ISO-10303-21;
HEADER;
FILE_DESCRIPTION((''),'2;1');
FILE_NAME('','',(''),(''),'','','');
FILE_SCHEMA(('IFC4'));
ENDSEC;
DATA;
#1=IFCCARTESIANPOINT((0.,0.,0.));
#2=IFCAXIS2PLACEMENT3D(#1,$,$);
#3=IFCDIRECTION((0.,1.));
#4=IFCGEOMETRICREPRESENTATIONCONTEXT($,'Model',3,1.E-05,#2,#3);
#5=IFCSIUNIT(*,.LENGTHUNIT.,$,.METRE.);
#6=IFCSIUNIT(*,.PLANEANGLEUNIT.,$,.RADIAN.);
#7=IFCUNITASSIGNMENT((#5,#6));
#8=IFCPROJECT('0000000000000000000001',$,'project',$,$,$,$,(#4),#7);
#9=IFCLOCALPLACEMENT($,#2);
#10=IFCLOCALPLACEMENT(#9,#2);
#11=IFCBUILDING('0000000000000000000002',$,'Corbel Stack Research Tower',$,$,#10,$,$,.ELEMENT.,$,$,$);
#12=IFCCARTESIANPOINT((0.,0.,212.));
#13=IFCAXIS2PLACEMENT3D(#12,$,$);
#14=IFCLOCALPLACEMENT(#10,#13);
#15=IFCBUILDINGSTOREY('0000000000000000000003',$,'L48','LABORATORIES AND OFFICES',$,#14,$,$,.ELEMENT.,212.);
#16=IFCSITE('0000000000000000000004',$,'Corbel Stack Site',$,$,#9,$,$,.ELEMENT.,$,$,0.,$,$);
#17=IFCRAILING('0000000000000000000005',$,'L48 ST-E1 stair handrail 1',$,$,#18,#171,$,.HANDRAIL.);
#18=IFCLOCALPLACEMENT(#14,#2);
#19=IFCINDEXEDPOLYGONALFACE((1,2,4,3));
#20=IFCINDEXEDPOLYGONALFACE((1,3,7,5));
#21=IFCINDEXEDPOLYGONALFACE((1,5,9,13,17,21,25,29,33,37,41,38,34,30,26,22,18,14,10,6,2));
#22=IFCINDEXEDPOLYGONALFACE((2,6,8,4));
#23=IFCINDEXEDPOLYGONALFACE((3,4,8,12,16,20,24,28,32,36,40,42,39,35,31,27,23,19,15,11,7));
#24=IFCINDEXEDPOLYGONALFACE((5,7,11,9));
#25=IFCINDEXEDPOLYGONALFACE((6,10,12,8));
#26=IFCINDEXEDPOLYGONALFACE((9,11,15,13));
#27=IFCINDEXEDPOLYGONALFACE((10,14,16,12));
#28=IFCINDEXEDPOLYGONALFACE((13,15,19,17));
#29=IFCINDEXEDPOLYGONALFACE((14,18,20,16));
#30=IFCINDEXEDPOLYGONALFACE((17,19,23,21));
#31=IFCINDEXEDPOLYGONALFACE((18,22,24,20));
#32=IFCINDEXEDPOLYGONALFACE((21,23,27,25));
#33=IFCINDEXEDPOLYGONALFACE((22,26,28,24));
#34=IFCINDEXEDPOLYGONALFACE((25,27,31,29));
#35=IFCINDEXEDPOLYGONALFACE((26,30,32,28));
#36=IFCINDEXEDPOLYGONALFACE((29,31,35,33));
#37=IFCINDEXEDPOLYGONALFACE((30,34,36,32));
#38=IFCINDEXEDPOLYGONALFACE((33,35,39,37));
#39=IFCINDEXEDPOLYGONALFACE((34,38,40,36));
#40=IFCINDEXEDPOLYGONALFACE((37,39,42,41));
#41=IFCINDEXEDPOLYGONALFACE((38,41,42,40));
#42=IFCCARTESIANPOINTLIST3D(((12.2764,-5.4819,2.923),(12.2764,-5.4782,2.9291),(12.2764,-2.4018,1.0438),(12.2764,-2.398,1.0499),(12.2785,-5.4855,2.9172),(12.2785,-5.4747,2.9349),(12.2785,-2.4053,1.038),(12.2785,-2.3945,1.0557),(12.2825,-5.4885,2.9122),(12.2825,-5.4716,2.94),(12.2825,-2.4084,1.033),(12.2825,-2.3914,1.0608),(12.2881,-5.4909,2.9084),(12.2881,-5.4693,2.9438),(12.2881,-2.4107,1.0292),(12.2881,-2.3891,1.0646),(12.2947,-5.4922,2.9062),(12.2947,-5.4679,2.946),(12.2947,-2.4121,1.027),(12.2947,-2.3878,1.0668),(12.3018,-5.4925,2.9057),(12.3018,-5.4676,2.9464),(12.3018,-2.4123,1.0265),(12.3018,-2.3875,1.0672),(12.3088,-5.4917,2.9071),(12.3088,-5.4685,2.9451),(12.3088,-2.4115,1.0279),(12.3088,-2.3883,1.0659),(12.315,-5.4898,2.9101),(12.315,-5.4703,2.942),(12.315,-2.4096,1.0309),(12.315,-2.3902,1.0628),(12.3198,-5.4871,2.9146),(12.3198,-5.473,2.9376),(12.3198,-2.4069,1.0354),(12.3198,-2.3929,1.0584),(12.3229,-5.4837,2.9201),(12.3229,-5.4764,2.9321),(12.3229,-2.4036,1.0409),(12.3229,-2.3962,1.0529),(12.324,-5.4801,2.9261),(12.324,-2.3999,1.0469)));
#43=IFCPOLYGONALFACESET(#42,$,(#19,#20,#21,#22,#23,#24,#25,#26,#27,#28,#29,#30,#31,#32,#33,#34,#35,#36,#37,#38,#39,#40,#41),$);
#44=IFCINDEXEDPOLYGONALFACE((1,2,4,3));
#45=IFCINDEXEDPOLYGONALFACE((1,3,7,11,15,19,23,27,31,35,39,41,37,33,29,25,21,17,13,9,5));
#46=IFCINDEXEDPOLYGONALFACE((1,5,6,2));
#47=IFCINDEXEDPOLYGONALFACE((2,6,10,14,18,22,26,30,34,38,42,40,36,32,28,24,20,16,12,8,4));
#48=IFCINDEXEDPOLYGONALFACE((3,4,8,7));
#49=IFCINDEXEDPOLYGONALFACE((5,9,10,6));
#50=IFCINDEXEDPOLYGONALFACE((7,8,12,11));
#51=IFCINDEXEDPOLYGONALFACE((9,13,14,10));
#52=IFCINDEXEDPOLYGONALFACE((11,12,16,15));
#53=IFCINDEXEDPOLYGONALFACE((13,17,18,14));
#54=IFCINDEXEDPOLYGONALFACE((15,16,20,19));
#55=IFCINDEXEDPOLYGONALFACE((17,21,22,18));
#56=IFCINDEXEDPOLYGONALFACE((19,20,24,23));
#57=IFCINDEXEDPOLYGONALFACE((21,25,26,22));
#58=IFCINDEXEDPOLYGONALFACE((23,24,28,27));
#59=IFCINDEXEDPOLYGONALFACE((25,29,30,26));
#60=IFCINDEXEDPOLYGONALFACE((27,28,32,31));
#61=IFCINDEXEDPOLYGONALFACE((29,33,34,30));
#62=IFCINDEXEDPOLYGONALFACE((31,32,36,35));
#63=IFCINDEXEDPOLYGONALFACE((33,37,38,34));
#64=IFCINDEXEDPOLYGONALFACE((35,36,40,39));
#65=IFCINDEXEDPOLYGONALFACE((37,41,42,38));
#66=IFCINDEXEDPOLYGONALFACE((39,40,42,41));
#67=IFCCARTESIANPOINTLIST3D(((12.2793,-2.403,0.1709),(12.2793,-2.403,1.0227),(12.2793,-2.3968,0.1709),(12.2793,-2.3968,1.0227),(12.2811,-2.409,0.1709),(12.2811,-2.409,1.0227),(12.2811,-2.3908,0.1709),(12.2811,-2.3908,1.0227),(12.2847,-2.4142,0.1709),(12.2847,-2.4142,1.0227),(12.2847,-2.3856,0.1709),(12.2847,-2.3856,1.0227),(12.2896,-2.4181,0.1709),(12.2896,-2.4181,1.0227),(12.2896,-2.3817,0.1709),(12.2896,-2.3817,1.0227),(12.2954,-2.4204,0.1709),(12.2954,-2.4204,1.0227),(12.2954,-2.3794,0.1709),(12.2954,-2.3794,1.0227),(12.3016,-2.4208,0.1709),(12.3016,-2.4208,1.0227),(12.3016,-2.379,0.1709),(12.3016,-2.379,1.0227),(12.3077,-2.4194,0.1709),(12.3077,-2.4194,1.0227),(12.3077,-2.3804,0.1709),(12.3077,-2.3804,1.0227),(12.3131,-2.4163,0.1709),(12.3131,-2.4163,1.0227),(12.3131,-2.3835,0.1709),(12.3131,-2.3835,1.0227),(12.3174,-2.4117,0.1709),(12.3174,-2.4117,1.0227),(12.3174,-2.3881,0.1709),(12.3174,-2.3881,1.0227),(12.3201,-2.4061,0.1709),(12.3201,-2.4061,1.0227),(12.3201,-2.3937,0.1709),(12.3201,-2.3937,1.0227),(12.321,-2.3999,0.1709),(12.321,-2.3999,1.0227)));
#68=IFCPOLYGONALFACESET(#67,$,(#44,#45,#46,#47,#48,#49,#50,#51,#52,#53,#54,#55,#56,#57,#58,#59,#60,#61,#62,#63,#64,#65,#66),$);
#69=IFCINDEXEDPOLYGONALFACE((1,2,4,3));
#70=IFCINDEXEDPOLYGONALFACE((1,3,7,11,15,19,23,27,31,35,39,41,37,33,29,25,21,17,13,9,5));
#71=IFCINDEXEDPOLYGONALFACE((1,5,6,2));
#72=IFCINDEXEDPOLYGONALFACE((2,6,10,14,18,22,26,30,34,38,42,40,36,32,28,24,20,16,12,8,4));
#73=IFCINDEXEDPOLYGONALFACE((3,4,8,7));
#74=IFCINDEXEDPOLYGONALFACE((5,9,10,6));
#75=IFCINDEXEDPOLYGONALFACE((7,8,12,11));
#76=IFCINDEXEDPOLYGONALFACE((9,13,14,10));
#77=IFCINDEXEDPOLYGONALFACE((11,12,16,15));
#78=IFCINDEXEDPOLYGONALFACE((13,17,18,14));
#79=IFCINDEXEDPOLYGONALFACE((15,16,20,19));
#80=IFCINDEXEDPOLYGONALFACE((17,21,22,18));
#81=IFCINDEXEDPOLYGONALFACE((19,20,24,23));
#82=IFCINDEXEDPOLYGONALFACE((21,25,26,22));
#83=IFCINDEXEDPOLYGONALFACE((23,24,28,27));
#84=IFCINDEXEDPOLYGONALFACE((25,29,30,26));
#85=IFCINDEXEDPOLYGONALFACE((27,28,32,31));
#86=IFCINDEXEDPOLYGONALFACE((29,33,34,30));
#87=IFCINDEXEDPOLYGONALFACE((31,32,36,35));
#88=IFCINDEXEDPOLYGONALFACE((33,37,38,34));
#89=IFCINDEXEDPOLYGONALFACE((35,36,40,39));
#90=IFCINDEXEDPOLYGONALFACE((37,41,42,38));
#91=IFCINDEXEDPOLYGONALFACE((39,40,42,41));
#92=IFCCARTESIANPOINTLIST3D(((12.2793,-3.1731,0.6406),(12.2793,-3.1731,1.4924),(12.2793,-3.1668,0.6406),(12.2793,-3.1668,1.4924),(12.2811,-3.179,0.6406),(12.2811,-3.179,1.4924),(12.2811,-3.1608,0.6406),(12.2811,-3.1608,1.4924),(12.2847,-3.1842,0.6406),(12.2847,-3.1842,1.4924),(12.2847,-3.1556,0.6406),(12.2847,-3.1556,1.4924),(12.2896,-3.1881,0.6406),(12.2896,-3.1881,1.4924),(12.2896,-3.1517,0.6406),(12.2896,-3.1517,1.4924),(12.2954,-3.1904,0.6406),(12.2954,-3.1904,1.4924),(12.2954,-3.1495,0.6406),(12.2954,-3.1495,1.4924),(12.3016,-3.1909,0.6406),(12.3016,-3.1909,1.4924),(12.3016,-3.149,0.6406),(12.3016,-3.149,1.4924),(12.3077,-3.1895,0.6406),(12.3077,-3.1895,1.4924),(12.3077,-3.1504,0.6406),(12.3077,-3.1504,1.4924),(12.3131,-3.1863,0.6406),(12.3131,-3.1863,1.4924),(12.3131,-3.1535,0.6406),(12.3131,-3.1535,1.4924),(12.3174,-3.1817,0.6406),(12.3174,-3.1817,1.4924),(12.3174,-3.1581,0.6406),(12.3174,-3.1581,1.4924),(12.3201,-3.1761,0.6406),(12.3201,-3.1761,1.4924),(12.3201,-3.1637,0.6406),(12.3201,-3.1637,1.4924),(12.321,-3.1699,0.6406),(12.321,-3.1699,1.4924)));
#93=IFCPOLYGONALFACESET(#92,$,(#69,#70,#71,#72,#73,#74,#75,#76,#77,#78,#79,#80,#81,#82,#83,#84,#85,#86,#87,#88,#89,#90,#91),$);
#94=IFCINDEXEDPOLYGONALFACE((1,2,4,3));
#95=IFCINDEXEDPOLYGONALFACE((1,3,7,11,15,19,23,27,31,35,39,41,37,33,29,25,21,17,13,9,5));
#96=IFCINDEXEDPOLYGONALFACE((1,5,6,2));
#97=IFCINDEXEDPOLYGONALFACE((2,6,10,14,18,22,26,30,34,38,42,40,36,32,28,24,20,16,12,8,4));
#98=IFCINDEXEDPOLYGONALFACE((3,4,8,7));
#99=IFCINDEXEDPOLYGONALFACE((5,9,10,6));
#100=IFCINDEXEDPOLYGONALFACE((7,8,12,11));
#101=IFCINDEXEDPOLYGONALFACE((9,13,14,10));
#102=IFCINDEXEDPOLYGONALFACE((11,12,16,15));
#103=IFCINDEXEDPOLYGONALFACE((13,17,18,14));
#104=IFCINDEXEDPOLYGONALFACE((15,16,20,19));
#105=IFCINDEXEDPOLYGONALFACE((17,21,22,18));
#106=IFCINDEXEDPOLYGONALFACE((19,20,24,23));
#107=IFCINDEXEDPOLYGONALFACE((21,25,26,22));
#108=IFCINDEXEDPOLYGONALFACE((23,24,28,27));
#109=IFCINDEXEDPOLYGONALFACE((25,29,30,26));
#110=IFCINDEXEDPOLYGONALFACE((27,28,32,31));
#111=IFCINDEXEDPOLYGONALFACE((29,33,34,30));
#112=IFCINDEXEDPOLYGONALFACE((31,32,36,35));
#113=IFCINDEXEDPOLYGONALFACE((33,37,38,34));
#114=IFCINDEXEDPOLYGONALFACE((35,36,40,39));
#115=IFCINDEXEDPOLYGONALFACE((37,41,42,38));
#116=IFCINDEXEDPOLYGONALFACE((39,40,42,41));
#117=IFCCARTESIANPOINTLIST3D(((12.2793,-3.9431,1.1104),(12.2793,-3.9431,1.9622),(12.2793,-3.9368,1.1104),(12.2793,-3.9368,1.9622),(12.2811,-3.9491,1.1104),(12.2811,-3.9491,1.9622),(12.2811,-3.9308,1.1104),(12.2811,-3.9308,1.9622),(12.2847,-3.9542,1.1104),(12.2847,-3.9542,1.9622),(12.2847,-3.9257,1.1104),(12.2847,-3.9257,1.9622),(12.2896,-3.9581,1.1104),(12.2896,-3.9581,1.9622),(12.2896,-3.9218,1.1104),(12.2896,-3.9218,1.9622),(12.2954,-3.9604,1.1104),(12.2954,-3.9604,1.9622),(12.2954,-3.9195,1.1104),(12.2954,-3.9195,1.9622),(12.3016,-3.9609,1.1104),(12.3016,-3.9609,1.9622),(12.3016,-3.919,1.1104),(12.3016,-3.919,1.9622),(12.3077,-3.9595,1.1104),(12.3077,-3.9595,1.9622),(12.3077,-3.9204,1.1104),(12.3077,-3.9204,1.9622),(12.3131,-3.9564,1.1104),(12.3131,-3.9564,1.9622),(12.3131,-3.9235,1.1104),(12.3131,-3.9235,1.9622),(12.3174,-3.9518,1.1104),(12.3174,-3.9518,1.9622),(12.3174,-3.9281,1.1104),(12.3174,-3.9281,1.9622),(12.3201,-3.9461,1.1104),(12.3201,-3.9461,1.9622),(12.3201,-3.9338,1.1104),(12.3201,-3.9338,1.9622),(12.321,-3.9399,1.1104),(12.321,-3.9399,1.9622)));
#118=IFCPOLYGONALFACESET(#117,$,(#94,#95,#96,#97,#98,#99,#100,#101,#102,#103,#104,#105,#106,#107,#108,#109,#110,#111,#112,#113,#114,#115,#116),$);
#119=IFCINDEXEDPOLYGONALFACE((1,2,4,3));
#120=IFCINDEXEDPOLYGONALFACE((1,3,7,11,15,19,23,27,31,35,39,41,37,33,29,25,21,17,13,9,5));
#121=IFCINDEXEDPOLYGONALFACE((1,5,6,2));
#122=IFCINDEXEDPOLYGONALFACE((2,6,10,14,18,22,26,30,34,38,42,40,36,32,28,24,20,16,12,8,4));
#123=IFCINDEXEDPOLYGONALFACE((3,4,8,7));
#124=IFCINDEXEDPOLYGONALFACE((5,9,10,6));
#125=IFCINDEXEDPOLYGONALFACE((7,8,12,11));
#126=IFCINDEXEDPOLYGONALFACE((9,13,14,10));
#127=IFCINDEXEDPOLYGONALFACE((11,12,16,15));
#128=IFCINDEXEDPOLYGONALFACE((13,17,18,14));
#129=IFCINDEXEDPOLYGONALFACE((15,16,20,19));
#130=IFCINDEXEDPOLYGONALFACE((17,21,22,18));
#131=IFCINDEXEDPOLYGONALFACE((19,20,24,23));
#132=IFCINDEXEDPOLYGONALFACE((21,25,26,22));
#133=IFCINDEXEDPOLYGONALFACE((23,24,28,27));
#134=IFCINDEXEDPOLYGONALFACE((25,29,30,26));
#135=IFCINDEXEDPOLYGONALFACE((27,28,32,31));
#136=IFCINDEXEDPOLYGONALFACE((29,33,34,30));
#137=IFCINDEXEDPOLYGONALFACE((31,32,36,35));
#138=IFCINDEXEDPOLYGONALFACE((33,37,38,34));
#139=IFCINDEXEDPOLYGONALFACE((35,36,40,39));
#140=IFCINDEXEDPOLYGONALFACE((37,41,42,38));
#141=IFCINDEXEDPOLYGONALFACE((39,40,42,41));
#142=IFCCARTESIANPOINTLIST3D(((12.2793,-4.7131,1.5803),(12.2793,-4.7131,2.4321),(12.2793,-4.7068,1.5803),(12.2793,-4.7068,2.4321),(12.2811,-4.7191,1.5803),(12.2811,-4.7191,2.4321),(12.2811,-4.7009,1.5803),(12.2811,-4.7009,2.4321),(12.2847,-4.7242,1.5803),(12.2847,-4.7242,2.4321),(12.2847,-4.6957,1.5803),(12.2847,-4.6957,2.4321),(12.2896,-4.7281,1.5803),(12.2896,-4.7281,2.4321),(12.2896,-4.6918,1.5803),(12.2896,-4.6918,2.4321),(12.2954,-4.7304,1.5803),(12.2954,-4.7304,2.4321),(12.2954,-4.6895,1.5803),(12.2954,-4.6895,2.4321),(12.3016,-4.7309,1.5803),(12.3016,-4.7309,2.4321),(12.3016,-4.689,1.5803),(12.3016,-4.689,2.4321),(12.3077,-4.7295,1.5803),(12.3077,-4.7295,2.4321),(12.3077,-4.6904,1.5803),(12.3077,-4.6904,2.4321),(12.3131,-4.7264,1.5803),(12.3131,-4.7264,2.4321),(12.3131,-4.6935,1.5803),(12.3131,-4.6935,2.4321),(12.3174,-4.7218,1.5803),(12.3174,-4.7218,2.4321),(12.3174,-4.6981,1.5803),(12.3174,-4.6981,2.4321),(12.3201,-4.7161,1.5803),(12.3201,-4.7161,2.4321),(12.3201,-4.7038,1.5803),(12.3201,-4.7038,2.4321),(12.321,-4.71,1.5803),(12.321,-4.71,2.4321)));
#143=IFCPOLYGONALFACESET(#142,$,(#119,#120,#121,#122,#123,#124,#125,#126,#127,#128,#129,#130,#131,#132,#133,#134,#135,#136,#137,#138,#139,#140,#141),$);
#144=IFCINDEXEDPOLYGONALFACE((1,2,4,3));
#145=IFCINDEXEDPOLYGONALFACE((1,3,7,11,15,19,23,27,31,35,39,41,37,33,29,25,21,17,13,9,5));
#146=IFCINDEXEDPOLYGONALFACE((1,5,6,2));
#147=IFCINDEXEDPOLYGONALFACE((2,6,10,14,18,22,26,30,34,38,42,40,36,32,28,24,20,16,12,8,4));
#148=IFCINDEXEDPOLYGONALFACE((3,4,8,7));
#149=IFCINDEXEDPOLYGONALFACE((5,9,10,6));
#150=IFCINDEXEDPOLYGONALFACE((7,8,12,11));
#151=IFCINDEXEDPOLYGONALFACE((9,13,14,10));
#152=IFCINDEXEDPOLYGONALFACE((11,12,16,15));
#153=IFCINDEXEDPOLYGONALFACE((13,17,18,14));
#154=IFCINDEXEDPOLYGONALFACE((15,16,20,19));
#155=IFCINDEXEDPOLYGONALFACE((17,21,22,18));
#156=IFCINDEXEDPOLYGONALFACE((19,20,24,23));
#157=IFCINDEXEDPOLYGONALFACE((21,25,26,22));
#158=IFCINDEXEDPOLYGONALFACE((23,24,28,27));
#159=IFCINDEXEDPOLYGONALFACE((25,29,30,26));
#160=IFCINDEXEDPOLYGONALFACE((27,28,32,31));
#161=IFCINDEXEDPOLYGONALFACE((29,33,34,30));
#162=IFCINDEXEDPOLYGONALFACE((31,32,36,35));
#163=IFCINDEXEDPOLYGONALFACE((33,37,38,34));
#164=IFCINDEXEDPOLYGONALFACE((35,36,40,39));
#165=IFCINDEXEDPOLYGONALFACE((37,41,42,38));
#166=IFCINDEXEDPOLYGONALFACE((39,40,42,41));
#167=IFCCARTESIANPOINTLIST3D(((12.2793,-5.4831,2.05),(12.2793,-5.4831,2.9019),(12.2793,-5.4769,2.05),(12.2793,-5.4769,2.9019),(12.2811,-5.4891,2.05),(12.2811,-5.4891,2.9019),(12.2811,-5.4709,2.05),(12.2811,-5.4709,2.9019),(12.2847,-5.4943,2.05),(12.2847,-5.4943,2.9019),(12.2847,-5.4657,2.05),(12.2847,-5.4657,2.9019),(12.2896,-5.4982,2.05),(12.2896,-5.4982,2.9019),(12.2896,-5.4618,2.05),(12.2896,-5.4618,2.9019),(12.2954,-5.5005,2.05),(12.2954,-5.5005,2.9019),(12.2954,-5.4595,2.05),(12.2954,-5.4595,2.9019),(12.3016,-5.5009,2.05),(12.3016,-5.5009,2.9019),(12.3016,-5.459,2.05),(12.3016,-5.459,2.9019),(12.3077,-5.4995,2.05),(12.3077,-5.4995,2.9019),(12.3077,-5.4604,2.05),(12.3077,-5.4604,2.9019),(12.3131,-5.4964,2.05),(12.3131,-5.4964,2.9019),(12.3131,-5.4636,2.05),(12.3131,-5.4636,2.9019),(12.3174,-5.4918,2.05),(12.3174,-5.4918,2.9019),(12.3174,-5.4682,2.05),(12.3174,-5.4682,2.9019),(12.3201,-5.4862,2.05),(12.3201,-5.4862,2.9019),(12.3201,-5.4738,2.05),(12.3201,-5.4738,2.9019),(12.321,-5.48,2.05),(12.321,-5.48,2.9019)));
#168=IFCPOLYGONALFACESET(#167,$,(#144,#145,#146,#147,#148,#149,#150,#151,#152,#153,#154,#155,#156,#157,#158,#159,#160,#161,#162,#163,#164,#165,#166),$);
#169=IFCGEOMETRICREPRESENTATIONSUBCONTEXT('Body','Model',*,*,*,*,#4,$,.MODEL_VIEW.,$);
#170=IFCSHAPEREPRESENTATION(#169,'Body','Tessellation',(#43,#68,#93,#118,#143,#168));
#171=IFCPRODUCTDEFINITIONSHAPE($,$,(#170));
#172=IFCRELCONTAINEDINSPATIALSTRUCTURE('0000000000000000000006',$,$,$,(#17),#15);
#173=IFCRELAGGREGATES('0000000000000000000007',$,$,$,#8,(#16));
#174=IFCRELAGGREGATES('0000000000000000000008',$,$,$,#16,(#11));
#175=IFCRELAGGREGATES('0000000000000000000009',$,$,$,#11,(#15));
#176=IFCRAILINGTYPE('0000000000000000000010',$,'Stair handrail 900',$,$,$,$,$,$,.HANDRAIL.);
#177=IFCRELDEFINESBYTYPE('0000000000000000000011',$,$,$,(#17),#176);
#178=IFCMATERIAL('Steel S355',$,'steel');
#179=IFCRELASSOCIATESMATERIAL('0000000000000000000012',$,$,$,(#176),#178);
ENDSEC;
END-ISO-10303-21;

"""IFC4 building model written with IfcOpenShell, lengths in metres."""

from ifc_helpers import new_model, si_unit, direction, frame, origin, origin_2d, place, context, subcontext, project, spatial, circle, extrude, material, type_object, element, save


model = new_model("IFC4")

# Units and contexts
model_context = context("Model", 3, precision=1e-05, world=origin(), true_north=direction((0.0, 1.0)))
body_context = subcontext(model_context, "Body", "Model", "MODEL_VIEW")
ifc_project = project(units=[si_unit("LENGTHUNIT", "METRE"), si_unit("PLANEANGLEUNIT", "RADIAN")], contexts=[model_context])

# Site, building, storey
site_placement = place(None, origin())
site = spatial("IfcSite", under=ifc_project, at=site_placement, Name="Corbel Stack Site", CompositionType="ELEMENT", RefElevation=0.0)
building_placement = place(site_placement, origin())
building = spatial("IfcBuilding", under=site, at=building_placement, Name="Corbel Stack Research Tower", CompositionType="ELEMENT")
storey_placement = place(building_placement, frame((0.0, 0.0, 212.0)))
storey = spatial("IfcBuildingStorey", under=building, at=storey_placement, Name="L48", Description="LABORATORIES AND OFFICES", CompositionType="ELEMENT", Elevation=212.0)

# Railing
ifc_material_1 = material(Name="Steel S355", Category="steel")
railing_type_1 = type_object("IfcRailingType", Name="Stair handrail 900", PredefinedType="HANDRAIL", material=ifc_material_1)
railing_1_placement = place(storey_placement, frame((12.3, -2.3999, 0.1709)))
element("IfcRailing", 1, at=railing_1_placement, inside=storey, type_object=railing_type_1, Name="L48 ST-E1 stair handrail 1", PredefinedType="HANDRAIL", context=body_context, shape_type="SweptSolid", body=[
    extrude(circle(Radius=0.0239, at=origin_2d()), frame((0.0, 0.0, 0.876), z_axis=(0.0, -0.853666, 0.52082), x_axis=(1.0, 0.0, 0.0)), (0.0, 0.0, 1.0), 3.6082),
    extrude(circle(Radius=0.021, at=origin_2d()), origin(), (0.0, 0.0, 1.0), 0.8518),
    extrude(circle(Radius=0.021, at=origin_2d()), frame((0.0, -0.77, 0.4697)), (0.0, 0.0, 1.0), 0.8518),
    extrude(circle(Radius=0.021, at=origin_2d()), frame((0.0, -1.54, 0.9395)), (0.0, 0.0, 1.0), 0.8518),
    extrude(circle(Radius=0.021, at=origin_2d()), frame((0.0, -2.3101, 1.4094)), (0.0, 0.0, 1.0), 0.8518),
    extrude(circle(Radius=0.021, at=origin_2d()), frame((0.0, -3.0801, 1.8792)), (0.0, 0.0, 1.0), 0.8518),
])

save(model, "model.ifc")
